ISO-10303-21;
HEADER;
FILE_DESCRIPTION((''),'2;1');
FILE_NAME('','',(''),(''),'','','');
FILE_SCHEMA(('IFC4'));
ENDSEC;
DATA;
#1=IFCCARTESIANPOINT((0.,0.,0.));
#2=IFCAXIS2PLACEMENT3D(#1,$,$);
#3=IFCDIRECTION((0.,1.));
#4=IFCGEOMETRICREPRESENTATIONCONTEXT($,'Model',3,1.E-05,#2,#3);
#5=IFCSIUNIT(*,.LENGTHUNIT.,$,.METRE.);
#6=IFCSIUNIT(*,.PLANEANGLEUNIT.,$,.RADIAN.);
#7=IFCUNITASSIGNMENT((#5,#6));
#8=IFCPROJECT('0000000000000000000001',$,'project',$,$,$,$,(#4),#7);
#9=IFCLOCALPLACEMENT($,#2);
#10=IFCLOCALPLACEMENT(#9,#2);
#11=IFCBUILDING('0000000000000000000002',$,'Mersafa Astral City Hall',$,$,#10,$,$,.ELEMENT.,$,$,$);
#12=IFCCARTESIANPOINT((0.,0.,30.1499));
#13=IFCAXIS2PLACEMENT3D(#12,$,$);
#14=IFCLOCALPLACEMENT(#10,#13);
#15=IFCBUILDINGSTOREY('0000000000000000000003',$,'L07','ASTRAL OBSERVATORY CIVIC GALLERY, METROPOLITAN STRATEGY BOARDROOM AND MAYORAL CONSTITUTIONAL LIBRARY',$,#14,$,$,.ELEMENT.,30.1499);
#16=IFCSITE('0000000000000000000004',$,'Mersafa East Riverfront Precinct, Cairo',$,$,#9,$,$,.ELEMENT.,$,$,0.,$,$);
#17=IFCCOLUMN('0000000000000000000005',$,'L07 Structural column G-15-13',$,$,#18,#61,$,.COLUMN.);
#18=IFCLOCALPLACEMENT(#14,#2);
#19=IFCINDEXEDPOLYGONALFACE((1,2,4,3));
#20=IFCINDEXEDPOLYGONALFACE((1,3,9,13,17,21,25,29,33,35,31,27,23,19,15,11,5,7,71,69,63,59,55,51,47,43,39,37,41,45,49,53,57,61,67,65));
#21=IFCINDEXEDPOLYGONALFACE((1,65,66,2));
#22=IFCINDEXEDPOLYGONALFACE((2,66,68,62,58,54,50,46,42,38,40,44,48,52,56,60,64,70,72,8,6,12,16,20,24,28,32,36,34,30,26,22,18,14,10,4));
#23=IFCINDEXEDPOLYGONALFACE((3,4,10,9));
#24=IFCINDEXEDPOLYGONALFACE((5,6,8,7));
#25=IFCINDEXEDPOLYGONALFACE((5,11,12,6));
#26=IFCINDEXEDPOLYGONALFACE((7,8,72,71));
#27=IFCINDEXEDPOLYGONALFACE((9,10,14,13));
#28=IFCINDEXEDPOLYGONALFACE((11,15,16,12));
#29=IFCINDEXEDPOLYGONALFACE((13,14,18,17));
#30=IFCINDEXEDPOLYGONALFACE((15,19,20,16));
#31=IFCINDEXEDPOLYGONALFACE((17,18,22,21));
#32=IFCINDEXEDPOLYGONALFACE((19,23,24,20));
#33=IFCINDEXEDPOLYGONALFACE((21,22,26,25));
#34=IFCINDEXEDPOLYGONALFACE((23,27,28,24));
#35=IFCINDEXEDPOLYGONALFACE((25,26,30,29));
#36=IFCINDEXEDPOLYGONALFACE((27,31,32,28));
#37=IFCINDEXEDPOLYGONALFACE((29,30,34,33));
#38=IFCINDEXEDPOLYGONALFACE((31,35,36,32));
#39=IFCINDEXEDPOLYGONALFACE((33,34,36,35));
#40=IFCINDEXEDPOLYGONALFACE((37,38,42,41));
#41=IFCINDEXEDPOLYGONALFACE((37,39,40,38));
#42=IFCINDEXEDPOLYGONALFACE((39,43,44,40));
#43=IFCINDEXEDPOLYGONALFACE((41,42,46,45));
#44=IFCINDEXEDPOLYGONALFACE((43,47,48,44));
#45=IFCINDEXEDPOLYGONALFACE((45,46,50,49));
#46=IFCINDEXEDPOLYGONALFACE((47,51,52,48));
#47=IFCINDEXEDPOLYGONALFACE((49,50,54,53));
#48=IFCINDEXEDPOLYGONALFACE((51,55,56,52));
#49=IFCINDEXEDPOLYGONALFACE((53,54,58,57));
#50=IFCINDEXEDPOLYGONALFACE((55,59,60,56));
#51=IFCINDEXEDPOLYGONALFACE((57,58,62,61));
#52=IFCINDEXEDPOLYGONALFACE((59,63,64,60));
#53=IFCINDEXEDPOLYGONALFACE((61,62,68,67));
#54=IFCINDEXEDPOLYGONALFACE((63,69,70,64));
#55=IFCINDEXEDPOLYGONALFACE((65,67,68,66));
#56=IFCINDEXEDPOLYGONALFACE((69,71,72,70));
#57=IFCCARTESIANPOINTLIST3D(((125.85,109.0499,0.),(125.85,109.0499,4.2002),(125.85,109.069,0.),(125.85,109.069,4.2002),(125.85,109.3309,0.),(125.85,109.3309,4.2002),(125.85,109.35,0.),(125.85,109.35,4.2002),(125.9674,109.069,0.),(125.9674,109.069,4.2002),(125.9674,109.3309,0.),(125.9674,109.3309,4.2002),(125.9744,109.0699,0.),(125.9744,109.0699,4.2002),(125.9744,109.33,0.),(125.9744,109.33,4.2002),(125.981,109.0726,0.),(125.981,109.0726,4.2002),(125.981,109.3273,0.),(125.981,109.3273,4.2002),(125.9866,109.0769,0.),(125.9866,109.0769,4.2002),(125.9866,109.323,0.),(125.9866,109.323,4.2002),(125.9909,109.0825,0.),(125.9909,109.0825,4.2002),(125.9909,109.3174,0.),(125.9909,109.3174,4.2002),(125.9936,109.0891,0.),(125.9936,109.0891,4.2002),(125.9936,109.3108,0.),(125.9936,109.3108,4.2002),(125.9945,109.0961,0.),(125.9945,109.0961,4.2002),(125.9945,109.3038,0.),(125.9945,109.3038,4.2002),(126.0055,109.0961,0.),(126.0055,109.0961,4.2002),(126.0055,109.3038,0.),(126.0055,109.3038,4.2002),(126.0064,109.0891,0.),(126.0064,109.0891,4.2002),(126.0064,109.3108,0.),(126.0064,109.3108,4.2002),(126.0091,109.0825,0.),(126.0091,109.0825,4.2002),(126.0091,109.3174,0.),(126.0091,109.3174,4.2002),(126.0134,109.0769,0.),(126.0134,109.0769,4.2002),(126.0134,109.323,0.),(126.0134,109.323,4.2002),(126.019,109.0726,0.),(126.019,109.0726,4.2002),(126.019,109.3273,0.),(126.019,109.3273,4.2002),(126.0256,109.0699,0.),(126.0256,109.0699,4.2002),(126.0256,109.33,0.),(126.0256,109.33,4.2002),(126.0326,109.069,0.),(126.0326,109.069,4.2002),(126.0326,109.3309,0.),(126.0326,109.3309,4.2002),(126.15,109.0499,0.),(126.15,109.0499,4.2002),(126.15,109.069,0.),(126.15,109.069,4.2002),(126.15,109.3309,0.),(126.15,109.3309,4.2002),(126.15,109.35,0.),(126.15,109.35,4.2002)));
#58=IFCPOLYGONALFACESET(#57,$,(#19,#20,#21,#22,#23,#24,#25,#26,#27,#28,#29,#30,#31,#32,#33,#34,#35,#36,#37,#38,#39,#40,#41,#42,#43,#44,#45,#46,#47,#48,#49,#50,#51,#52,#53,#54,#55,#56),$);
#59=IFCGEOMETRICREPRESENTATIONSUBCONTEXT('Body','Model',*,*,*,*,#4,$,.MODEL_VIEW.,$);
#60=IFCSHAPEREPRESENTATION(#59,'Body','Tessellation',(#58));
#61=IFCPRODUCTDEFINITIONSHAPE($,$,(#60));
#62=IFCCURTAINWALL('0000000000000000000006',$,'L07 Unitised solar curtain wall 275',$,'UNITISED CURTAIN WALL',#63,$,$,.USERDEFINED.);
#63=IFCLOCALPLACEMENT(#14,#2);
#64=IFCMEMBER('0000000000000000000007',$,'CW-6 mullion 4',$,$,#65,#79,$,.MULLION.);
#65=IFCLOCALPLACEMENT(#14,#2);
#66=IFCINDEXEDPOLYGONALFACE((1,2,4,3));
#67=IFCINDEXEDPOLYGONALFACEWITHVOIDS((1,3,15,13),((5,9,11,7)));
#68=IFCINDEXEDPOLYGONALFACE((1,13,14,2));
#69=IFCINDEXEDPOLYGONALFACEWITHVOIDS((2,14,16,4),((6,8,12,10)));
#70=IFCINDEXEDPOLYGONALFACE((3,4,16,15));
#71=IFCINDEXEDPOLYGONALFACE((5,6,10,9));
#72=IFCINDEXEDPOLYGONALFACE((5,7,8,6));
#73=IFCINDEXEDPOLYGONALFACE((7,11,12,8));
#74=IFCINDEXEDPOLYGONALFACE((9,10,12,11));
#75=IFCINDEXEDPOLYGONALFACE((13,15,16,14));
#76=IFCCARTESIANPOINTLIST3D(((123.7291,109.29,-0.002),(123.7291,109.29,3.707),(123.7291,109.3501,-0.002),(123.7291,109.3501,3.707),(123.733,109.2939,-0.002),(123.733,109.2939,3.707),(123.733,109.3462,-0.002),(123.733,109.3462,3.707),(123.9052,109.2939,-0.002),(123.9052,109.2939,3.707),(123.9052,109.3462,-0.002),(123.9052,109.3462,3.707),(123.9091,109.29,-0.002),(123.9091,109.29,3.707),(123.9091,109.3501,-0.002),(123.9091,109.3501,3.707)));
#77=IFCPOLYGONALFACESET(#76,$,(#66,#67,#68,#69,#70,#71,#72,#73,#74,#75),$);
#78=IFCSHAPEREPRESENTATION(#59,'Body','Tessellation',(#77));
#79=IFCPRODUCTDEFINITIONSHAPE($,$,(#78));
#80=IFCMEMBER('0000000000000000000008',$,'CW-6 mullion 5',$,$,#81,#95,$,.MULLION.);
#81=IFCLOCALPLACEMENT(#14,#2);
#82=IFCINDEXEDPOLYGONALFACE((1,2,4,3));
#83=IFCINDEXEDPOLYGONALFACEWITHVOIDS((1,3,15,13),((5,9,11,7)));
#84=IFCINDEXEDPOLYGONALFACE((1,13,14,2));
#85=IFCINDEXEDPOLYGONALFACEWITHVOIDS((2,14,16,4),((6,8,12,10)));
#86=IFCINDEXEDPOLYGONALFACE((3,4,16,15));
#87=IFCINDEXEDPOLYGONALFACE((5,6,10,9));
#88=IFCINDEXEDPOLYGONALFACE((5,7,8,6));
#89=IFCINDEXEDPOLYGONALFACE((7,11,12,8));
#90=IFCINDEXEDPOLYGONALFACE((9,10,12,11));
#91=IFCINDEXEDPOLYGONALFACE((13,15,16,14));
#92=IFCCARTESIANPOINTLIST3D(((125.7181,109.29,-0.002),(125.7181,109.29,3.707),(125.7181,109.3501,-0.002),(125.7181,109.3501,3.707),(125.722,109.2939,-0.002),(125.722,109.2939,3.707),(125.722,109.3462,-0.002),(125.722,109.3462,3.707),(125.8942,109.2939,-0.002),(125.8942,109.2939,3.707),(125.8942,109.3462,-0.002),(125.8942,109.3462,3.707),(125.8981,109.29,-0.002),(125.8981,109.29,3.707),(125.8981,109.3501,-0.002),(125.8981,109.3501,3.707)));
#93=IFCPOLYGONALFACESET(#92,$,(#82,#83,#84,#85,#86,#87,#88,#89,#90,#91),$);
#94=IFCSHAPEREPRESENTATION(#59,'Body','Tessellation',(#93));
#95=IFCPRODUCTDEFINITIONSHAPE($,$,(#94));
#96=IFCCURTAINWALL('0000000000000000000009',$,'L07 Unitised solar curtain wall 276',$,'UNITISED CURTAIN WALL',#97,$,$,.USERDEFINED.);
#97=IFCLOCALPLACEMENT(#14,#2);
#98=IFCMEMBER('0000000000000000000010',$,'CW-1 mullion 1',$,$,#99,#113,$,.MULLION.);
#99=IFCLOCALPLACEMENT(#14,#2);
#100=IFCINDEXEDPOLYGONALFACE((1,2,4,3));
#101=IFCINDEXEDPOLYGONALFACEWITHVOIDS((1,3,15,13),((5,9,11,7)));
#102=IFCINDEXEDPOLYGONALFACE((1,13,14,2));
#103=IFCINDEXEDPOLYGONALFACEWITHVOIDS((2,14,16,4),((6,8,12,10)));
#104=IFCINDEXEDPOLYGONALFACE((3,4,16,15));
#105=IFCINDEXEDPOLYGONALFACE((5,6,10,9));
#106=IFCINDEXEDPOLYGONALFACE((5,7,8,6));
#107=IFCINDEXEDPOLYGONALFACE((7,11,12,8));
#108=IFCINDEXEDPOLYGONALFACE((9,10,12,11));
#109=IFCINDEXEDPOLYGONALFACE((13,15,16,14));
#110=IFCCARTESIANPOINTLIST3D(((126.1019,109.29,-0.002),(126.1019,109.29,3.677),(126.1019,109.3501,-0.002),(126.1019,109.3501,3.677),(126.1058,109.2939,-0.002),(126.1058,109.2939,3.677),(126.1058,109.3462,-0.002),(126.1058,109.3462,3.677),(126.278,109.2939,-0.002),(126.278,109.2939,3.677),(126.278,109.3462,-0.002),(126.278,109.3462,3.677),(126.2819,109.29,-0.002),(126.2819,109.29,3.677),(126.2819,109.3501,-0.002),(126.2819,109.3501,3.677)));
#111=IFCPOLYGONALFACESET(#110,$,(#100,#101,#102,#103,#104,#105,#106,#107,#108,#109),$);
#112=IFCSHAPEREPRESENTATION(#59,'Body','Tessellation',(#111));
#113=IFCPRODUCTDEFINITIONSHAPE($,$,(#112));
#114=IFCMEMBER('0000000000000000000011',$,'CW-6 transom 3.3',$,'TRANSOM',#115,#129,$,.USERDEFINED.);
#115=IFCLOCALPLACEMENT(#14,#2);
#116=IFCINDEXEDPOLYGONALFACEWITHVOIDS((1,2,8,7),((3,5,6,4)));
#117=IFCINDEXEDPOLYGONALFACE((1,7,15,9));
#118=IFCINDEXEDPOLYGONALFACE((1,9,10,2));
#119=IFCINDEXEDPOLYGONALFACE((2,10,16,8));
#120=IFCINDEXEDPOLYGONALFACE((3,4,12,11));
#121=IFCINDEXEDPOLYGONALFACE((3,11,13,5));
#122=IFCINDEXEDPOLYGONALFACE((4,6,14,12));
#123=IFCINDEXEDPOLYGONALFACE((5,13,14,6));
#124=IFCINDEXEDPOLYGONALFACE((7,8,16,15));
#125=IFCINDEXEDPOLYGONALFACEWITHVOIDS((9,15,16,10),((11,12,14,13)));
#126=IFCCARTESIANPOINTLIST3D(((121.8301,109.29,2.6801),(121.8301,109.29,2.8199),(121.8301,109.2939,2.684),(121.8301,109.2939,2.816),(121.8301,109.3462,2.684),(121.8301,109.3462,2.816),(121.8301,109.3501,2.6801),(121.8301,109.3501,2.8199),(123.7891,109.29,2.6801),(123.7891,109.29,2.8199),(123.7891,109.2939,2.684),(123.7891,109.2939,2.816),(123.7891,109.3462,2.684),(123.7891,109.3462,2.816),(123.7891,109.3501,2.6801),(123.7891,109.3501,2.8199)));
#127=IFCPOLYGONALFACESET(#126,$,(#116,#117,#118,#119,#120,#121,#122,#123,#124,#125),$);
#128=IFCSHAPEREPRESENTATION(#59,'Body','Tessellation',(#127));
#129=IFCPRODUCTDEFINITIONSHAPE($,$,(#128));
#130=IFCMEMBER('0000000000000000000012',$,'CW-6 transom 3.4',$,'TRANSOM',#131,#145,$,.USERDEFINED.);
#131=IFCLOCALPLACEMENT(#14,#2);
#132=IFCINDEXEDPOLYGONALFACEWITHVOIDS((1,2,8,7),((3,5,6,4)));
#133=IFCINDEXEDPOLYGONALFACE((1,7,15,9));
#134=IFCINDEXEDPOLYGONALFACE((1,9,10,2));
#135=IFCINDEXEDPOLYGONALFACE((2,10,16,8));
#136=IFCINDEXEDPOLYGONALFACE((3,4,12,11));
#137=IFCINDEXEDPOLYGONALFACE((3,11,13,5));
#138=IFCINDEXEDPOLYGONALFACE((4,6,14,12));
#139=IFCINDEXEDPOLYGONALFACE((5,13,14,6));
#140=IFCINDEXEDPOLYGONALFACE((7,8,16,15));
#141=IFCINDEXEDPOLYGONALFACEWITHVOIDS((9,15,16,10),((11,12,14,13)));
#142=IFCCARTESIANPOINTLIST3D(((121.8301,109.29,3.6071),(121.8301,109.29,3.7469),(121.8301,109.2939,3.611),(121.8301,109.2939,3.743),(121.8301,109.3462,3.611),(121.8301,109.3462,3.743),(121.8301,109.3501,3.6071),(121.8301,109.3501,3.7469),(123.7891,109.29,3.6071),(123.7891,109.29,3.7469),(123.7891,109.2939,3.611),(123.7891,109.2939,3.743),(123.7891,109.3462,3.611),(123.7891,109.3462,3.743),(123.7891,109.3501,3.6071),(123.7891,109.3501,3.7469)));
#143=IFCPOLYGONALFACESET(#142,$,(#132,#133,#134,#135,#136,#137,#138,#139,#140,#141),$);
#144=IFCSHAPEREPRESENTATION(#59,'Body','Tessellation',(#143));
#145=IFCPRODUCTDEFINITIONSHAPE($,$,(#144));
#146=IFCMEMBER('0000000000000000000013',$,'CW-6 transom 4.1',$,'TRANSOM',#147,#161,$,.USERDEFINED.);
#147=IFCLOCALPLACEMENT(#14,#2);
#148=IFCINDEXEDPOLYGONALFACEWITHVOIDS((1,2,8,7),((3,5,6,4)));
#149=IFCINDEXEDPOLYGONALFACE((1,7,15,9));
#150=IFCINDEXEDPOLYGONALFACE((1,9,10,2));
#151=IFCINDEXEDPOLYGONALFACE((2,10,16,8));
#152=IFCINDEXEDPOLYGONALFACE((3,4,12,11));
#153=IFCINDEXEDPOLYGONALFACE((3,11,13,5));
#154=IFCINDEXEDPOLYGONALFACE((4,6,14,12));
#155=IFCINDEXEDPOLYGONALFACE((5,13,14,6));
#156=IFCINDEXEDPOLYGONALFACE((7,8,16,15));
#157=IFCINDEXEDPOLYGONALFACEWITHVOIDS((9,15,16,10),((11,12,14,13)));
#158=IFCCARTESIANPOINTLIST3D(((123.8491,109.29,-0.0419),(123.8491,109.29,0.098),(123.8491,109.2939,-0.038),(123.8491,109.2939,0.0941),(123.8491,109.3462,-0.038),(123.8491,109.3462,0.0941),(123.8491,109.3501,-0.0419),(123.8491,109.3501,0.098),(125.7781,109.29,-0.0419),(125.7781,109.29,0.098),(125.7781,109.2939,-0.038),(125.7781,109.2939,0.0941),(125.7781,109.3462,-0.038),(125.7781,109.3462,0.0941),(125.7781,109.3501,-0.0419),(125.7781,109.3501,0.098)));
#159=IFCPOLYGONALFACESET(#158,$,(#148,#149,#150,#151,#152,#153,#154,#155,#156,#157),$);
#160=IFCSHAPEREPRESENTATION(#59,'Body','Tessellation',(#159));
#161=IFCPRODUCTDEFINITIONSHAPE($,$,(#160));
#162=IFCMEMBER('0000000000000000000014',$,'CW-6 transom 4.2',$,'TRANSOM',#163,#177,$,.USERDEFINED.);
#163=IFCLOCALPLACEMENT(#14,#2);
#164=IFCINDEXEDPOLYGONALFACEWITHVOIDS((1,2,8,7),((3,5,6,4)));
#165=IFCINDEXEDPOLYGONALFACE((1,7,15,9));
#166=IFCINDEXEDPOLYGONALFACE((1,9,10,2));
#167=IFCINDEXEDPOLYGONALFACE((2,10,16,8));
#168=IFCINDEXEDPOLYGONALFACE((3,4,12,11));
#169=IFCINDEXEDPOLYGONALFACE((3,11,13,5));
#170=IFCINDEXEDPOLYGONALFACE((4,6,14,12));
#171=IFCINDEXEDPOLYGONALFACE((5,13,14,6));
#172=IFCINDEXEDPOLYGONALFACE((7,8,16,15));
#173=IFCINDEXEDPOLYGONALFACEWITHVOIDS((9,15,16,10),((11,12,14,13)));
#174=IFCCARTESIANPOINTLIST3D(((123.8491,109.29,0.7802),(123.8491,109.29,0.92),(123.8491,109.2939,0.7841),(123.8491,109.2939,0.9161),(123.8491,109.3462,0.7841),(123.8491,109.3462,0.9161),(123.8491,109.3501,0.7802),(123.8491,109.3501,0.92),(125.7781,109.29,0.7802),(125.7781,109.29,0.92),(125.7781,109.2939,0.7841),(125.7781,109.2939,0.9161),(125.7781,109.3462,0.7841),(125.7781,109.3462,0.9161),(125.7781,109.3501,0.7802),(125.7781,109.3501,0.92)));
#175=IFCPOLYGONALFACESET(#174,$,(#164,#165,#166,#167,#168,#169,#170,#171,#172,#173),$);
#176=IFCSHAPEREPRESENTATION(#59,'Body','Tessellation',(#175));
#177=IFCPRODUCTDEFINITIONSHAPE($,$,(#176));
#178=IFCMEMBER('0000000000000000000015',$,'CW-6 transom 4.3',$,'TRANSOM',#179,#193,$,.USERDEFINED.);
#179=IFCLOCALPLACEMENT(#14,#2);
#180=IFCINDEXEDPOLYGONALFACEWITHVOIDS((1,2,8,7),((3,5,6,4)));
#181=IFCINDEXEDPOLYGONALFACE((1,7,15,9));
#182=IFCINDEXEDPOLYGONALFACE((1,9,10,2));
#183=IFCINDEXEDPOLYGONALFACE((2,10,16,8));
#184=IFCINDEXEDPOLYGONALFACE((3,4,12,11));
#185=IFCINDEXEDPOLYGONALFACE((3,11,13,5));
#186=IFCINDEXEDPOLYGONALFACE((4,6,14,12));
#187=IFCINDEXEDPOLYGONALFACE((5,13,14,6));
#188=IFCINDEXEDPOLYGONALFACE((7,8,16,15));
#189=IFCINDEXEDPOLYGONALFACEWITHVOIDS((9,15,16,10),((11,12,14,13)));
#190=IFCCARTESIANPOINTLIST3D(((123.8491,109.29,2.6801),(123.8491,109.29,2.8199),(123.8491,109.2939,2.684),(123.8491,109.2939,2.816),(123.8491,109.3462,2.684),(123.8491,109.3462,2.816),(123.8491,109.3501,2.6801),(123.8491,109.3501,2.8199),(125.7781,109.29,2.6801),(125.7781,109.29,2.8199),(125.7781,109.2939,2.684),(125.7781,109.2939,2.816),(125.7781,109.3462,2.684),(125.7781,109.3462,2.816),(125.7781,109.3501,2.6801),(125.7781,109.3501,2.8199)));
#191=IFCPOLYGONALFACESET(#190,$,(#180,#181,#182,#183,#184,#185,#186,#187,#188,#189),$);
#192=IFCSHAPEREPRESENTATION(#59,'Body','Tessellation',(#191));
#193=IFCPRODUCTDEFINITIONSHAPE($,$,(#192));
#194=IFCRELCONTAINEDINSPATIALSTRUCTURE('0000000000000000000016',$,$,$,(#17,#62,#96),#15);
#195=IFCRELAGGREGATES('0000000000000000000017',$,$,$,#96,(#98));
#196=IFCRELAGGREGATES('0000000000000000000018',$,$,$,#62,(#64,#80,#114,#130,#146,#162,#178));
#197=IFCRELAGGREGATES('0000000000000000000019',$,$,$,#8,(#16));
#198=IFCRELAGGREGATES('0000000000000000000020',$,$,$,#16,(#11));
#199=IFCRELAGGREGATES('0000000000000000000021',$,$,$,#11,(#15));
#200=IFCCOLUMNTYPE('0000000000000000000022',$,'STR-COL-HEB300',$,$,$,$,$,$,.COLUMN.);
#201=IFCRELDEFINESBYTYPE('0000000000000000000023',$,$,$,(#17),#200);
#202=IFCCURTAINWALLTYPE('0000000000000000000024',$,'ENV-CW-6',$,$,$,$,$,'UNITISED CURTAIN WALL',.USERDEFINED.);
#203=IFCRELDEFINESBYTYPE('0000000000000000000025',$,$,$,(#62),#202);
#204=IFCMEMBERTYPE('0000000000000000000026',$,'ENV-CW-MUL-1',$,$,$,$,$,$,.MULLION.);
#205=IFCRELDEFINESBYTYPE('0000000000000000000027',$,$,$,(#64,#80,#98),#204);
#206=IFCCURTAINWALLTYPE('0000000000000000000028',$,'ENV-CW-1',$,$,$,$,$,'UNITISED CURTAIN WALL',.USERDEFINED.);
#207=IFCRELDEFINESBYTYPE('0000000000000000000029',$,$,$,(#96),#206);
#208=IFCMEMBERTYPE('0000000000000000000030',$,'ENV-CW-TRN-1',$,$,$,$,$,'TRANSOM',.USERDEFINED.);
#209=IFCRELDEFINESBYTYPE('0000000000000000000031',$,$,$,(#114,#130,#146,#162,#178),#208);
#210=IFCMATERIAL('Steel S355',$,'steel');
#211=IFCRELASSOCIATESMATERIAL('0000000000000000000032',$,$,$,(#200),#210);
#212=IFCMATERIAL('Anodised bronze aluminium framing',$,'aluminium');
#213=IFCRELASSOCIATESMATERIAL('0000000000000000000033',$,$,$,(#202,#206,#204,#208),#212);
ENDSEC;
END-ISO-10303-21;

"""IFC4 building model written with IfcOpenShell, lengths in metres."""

from ifc_helpers import new_model, si_unit, direction, frame, origin, origin_2d, place, context, subcontext, project, spatial, hollow_rectangle, i_section, extrude, material, material_profile, profile_set, type_object, element, aggregate, save


model = new_model("IFC4")

# Units and contexts
model_context = context("Model", 3, precision=1e-05, world=origin(), true_north=direction((0.0, 1.0)))
body_context = subcontext(model_context, "Body", "Model", "MODEL_VIEW")
ifc_project = project(units=[si_unit("LENGTHUNIT", "METRE"), si_unit("PLANEANGLEUNIT", "RADIAN")], contexts=[model_context])

# Site, building, storey
site_placement = place(None, origin())
site = spatial("IfcSite", under=ifc_project, at=site_placement, Name="Mersafa East Riverfront Precinct, Cairo", CompositionType="ELEMENT", RefElevation=0.0)
building_placement = place(site_placement, origin())
building = spatial("IfcBuilding", under=site, at=building_placement, Name="Mersafa Astral City Hall", CompositionType="ELEMENT")
storey_placement = place(building_placement, frame((0.0, 0.0, 30.1499)))
storey = spatial("IfcBuildingStorey", under=building, at=storey_placement, Name="L07", Description="ASTRAL OBSERVATORY CIVIC GALLERY, METROPOLITAN STRATEGY BOARDROOM AND MAYORAL CONSTITUTIONAL LIBRARY", CompositionType="ELEMENT", Elevation=30.1499)

# Column
ifc_material_1 = material(Name="Steel S355", Category="steel")
ifc_material_profile_1 = material_profile(ifc_material_1, i_section(OverallWidth=0.3, OverallDepth=0.3, WebThickness=0.011, FlangeThickness=0.019, FilletRadius=0.0271, at=origin_2d()), Name="HEB 300")
ifc_profile_set_1 = profile_set([ifc_material_profile_1], Name="Steel S355")
column_type = type_object("IfcColumnType", Name="STR-COL-HEB300", PredefinedType="COLUMN", material=ifc_profile_set_1)
column_placement = place(storey_placement, frame((126.0, 109.2, 0.0), z_axis=(0.0, 0.0, 1.0), x_axis=(1.0, 0.0, 0.0)))
element("IfcColumn", 1, at=column_placement, inside=storey, type_object=column_type, Name="L07 Structural column G-15-13", PredefinedType="COLUMN", context=body_context, shape_type="SweptSolid", body=[
    extrude(i_section(OverallWidth=0.3, OverallDepth=0.3, WebThickness=0.011, FlangeThickness=0.019, FilletRadius=0.0271, at=origin_2d()), origin(), (0.0, 0.0, 1.0), 4.2002),
])

# Curtain wall, members
ifc_material_2 = material(Name="Anodised bronze aluminium framing", Category="aluminium")
curtain_wall_type_1 = type_object("IfcCurtainWallType", Name="ENV-CW-6", ElementType="UNITISED CURTAIN WALL", PredefinedType="USERDEFINED", material=ifc_material_2)
curtain_wall_1_placement = place(storey_placement, origin())
curtain_wall_1 = element("IfcCurtainWall", 2, at=curtain_wall_1_placement, inside=storey, type_object=curtain_wall_type_1, Name="L07 Unitised solar curtain wall 275", ObjectType="UNITISED CURTAIN WALL", PredefinedType="USERDEFINED")
ifc_material_profile_2 = material_profile(ifc_material_2, hollow_rectangle(XDim=0.0601, YDim=0.1799, WallThickness=0.0039, at=origin_2d()), Name="RHS 60x180x4")
ifc_profile_set_2 = profile_set([ifc_material_profile_2], Name="Anodised bronze aluminium framing")
member_type_1 = type_object("IfcMemberType", Name="ENV-CW-MUL-1", PredefinedType="MULLION", material=ifc_profile_set_2)
member_1_placement = place(storey_placement, frame((123.8191, 109.3201, -0.002), z_axis=(0.0, 0.0, 1.0), x_axis=(0.0, 1.0, 0.0)))
member_1 = element("IfcMember", 3, at=member_1_placement, type_object=member_type_1, Name="CW-6 mullion 4", PredefinedType="MULLION", context=body_context, shape_type="SweptSolid", body=[
    extrude(hollow_rectangle(XDim=0.0601, YDim=0.1799, WallThickness=0.0039, at=origin_2d()), origin(), (0.0, 0.0, 1.0), 3.709),
])
member_2_placement = place(storey_placement, frame((125.8081, 109.3201, -0.002), z_axis=(0.0, 0.0, 1.0), x_axis=(0.0, 1.0, 0.0)))
member_2 = element("IfcMember", 4, at=member_2_placement, type_object=member_type_1, Name="CW-6 mullion 5", PredefinedType="MULLION", context=body_context, shape_type="SweptSolid", body=[
    extrude(hollow_rectangle(XDim=0.0601, YDim=0.1799, WallThickness=0.0039, at=origin_2d()), origin(), (0.0, 0.0, 1.0), 3.709),
])

# Curtain wall, member
curtain_wall_type_2 = type_object("IfcCurtainWallType", Name="ENV-CW-1", ElementType="UNITISED CURTAIN WALL", PredefinedType="USERDEFINED", material=ifc_material_2)
curtain_wall_2_placement = place(storey_placement, origin())
curtain_wall_2 = element("IfcCurtainWall", 5, at=curtain_wall_2_placement, inside=storey, type_object=curtain_wall_type_2, Name="L07 Unitised solar curtain wall 276", ObjectType="UNITISED CURTAIN WALL", PredefinedType="USERDEFINED")
member_3_placement = place(storey_placement, frame((126.1919, 109.3201, -0.002), z_axis=(0.0, 0.0, 1.0), x_axis=(0.0, 1.0, 0.0)))
member_3 = element("IfcMember", 6, at=member_3_placement, type_object=member_type_1, Name="CW-1 mullion 1", PredefinedType="MULLION", context=body_context, shape_type="SweptSolid", body=[
    extrude(hollow_rectangle(XDim=0.0601, YDim=0.1799, WallThickness=0.0039, at=origin_2d()), origin(), (0.0, 0.0, 1.0), 3.679),
])

# Members
ifc_material_profile_3 = material_profile(ifc_material_2, hollow_rectangle(XDim=0.0601, YDim=0.1399, WallThickness=0.0039, at=origin_2d()), Name="RHS 60x140x4")
ifc_profile_set_3 = profile_set([ifc_material_profile_3], Name="Anodised bronze aluminium framing")
member_type_2 = type_object("IfcMemberType", Name="ENV-CW-TRN-1", ElementType="TRANSOM", PredefinedType="USERDEFINED", material=ifc_profile_set_3)
member_4_placement = place(storey_placement, frame((121.8301, 109.3201, 2.75), z_axis=(1.0, 0.0, 0.0), x_axis=(0.0, 1.0, 0.0)))
member_4 = element("IfcMember", 7, at=member_4_placement, type_object=member_type_2, Name="CW-6 transom 3.3", ObjectType="TRANSOM", PredefinedType="USERDEFINED", context=body_context, shape_type="SweptSolid", body=[
    extrude(hollow_rectangle(XDim=0.0601, YDim=0.1399, WallThickness=0.0039, at=origin_2d()), origin(), (0.0, 0.0, 1.0), 1.959),
])
member_5_placement = place(storey_placement, frame((121.8301, 109.3201, 3.677), z_axis=(1.0, 0.0, 0.0), x_axis=(0.0, 1.0, 0.0)))
member_5 = element("IfcMember", 8, at=member_5_placement, type_object=member_type_2, Name="CW-6 transom 3.4", ObjectType="TRANSOM", PredefinedType="USERDEFINED", context=body_context, shape_type="SweptSolid", body=[
    extrude(hollow_rectangle(XDim=0.0601, YDim=0.1399, WallThickness=0.0039, at=origin_2d()), origin(), (0.0, 0.0, 1.0), 1.959),
])
member_6_placement = place(storey_placement, frame((123.8491, 109.3201, 0.0281), z_axis=(1.0, 0.0, 0.0), x_axis=(0.0, 1.0, 0.0)))
member_6 = element("IfcMember", 9, at=member_6_placement, type_object=member_type_2, Name="CW-6 transom 4.1", ObjectType="TRANSOM", PredefinedType="USERDEFINED", context=body_context, shape_type="SweptSolid", body=[
    extrude(hollow_rectangle(XDim=0.0601, YDim=0.1399, WallThickness=0.0039, at=origin_2d()), origin(), (0.0, 0.0, 1.0), 1.929),
])
member_7_placement = place(storey_placement, frame((123.8491, 109.3201, 0.8501), z_axis=(1.0, 0.0, 0.0), x_axis=(0.0, 1.0, 0.0)))
member_7 = element("IfcMember", 10, at=member_7_placement, type_object=member_type_2, Name="CW-6 transom 4.2", ObjectType="TRANSOM", PredefinedType="USERDEFINED", context=body_context, shape_type="SweptSolid", body=[
    extrude(hollow_rectangle(XDim=0.0601, YDim=0.1399, WallThickness=0.0039, at=origin_2d()), origin(), (0.0, 0.0, 1.0), 1.929),
])
member_8_placement = place(storey_placement, frame((123.8491, 109.3201, 2.75), z_axis=(1.0, 0.0, 0.0), x_axis=(0.0, 1.0, 0.0)))
member_8 = element("IfcMember", 11, at=member_8_placement, type_object=member_type_2, Name="CW-6 transom 4.3", ObjectType="TRANSOM", PredefinedType="USERDEFINED", context=body_context, shape_type="SweptSolid", body=[
    extrude(hollow_rectangle(XDim=0.0601, YDim=0.1399, WallThickness=0.0039, at=origin_2d()), origin(), (0.0, 0.0, 1.0), 1.929),
])
aggregate(curtain_wall_2, [member_3])

aggregate(curtain_wall_1, [member_1, member_2, member_4, member_5, member_6, member_7, member_8])

save(model, "model.ifc")
